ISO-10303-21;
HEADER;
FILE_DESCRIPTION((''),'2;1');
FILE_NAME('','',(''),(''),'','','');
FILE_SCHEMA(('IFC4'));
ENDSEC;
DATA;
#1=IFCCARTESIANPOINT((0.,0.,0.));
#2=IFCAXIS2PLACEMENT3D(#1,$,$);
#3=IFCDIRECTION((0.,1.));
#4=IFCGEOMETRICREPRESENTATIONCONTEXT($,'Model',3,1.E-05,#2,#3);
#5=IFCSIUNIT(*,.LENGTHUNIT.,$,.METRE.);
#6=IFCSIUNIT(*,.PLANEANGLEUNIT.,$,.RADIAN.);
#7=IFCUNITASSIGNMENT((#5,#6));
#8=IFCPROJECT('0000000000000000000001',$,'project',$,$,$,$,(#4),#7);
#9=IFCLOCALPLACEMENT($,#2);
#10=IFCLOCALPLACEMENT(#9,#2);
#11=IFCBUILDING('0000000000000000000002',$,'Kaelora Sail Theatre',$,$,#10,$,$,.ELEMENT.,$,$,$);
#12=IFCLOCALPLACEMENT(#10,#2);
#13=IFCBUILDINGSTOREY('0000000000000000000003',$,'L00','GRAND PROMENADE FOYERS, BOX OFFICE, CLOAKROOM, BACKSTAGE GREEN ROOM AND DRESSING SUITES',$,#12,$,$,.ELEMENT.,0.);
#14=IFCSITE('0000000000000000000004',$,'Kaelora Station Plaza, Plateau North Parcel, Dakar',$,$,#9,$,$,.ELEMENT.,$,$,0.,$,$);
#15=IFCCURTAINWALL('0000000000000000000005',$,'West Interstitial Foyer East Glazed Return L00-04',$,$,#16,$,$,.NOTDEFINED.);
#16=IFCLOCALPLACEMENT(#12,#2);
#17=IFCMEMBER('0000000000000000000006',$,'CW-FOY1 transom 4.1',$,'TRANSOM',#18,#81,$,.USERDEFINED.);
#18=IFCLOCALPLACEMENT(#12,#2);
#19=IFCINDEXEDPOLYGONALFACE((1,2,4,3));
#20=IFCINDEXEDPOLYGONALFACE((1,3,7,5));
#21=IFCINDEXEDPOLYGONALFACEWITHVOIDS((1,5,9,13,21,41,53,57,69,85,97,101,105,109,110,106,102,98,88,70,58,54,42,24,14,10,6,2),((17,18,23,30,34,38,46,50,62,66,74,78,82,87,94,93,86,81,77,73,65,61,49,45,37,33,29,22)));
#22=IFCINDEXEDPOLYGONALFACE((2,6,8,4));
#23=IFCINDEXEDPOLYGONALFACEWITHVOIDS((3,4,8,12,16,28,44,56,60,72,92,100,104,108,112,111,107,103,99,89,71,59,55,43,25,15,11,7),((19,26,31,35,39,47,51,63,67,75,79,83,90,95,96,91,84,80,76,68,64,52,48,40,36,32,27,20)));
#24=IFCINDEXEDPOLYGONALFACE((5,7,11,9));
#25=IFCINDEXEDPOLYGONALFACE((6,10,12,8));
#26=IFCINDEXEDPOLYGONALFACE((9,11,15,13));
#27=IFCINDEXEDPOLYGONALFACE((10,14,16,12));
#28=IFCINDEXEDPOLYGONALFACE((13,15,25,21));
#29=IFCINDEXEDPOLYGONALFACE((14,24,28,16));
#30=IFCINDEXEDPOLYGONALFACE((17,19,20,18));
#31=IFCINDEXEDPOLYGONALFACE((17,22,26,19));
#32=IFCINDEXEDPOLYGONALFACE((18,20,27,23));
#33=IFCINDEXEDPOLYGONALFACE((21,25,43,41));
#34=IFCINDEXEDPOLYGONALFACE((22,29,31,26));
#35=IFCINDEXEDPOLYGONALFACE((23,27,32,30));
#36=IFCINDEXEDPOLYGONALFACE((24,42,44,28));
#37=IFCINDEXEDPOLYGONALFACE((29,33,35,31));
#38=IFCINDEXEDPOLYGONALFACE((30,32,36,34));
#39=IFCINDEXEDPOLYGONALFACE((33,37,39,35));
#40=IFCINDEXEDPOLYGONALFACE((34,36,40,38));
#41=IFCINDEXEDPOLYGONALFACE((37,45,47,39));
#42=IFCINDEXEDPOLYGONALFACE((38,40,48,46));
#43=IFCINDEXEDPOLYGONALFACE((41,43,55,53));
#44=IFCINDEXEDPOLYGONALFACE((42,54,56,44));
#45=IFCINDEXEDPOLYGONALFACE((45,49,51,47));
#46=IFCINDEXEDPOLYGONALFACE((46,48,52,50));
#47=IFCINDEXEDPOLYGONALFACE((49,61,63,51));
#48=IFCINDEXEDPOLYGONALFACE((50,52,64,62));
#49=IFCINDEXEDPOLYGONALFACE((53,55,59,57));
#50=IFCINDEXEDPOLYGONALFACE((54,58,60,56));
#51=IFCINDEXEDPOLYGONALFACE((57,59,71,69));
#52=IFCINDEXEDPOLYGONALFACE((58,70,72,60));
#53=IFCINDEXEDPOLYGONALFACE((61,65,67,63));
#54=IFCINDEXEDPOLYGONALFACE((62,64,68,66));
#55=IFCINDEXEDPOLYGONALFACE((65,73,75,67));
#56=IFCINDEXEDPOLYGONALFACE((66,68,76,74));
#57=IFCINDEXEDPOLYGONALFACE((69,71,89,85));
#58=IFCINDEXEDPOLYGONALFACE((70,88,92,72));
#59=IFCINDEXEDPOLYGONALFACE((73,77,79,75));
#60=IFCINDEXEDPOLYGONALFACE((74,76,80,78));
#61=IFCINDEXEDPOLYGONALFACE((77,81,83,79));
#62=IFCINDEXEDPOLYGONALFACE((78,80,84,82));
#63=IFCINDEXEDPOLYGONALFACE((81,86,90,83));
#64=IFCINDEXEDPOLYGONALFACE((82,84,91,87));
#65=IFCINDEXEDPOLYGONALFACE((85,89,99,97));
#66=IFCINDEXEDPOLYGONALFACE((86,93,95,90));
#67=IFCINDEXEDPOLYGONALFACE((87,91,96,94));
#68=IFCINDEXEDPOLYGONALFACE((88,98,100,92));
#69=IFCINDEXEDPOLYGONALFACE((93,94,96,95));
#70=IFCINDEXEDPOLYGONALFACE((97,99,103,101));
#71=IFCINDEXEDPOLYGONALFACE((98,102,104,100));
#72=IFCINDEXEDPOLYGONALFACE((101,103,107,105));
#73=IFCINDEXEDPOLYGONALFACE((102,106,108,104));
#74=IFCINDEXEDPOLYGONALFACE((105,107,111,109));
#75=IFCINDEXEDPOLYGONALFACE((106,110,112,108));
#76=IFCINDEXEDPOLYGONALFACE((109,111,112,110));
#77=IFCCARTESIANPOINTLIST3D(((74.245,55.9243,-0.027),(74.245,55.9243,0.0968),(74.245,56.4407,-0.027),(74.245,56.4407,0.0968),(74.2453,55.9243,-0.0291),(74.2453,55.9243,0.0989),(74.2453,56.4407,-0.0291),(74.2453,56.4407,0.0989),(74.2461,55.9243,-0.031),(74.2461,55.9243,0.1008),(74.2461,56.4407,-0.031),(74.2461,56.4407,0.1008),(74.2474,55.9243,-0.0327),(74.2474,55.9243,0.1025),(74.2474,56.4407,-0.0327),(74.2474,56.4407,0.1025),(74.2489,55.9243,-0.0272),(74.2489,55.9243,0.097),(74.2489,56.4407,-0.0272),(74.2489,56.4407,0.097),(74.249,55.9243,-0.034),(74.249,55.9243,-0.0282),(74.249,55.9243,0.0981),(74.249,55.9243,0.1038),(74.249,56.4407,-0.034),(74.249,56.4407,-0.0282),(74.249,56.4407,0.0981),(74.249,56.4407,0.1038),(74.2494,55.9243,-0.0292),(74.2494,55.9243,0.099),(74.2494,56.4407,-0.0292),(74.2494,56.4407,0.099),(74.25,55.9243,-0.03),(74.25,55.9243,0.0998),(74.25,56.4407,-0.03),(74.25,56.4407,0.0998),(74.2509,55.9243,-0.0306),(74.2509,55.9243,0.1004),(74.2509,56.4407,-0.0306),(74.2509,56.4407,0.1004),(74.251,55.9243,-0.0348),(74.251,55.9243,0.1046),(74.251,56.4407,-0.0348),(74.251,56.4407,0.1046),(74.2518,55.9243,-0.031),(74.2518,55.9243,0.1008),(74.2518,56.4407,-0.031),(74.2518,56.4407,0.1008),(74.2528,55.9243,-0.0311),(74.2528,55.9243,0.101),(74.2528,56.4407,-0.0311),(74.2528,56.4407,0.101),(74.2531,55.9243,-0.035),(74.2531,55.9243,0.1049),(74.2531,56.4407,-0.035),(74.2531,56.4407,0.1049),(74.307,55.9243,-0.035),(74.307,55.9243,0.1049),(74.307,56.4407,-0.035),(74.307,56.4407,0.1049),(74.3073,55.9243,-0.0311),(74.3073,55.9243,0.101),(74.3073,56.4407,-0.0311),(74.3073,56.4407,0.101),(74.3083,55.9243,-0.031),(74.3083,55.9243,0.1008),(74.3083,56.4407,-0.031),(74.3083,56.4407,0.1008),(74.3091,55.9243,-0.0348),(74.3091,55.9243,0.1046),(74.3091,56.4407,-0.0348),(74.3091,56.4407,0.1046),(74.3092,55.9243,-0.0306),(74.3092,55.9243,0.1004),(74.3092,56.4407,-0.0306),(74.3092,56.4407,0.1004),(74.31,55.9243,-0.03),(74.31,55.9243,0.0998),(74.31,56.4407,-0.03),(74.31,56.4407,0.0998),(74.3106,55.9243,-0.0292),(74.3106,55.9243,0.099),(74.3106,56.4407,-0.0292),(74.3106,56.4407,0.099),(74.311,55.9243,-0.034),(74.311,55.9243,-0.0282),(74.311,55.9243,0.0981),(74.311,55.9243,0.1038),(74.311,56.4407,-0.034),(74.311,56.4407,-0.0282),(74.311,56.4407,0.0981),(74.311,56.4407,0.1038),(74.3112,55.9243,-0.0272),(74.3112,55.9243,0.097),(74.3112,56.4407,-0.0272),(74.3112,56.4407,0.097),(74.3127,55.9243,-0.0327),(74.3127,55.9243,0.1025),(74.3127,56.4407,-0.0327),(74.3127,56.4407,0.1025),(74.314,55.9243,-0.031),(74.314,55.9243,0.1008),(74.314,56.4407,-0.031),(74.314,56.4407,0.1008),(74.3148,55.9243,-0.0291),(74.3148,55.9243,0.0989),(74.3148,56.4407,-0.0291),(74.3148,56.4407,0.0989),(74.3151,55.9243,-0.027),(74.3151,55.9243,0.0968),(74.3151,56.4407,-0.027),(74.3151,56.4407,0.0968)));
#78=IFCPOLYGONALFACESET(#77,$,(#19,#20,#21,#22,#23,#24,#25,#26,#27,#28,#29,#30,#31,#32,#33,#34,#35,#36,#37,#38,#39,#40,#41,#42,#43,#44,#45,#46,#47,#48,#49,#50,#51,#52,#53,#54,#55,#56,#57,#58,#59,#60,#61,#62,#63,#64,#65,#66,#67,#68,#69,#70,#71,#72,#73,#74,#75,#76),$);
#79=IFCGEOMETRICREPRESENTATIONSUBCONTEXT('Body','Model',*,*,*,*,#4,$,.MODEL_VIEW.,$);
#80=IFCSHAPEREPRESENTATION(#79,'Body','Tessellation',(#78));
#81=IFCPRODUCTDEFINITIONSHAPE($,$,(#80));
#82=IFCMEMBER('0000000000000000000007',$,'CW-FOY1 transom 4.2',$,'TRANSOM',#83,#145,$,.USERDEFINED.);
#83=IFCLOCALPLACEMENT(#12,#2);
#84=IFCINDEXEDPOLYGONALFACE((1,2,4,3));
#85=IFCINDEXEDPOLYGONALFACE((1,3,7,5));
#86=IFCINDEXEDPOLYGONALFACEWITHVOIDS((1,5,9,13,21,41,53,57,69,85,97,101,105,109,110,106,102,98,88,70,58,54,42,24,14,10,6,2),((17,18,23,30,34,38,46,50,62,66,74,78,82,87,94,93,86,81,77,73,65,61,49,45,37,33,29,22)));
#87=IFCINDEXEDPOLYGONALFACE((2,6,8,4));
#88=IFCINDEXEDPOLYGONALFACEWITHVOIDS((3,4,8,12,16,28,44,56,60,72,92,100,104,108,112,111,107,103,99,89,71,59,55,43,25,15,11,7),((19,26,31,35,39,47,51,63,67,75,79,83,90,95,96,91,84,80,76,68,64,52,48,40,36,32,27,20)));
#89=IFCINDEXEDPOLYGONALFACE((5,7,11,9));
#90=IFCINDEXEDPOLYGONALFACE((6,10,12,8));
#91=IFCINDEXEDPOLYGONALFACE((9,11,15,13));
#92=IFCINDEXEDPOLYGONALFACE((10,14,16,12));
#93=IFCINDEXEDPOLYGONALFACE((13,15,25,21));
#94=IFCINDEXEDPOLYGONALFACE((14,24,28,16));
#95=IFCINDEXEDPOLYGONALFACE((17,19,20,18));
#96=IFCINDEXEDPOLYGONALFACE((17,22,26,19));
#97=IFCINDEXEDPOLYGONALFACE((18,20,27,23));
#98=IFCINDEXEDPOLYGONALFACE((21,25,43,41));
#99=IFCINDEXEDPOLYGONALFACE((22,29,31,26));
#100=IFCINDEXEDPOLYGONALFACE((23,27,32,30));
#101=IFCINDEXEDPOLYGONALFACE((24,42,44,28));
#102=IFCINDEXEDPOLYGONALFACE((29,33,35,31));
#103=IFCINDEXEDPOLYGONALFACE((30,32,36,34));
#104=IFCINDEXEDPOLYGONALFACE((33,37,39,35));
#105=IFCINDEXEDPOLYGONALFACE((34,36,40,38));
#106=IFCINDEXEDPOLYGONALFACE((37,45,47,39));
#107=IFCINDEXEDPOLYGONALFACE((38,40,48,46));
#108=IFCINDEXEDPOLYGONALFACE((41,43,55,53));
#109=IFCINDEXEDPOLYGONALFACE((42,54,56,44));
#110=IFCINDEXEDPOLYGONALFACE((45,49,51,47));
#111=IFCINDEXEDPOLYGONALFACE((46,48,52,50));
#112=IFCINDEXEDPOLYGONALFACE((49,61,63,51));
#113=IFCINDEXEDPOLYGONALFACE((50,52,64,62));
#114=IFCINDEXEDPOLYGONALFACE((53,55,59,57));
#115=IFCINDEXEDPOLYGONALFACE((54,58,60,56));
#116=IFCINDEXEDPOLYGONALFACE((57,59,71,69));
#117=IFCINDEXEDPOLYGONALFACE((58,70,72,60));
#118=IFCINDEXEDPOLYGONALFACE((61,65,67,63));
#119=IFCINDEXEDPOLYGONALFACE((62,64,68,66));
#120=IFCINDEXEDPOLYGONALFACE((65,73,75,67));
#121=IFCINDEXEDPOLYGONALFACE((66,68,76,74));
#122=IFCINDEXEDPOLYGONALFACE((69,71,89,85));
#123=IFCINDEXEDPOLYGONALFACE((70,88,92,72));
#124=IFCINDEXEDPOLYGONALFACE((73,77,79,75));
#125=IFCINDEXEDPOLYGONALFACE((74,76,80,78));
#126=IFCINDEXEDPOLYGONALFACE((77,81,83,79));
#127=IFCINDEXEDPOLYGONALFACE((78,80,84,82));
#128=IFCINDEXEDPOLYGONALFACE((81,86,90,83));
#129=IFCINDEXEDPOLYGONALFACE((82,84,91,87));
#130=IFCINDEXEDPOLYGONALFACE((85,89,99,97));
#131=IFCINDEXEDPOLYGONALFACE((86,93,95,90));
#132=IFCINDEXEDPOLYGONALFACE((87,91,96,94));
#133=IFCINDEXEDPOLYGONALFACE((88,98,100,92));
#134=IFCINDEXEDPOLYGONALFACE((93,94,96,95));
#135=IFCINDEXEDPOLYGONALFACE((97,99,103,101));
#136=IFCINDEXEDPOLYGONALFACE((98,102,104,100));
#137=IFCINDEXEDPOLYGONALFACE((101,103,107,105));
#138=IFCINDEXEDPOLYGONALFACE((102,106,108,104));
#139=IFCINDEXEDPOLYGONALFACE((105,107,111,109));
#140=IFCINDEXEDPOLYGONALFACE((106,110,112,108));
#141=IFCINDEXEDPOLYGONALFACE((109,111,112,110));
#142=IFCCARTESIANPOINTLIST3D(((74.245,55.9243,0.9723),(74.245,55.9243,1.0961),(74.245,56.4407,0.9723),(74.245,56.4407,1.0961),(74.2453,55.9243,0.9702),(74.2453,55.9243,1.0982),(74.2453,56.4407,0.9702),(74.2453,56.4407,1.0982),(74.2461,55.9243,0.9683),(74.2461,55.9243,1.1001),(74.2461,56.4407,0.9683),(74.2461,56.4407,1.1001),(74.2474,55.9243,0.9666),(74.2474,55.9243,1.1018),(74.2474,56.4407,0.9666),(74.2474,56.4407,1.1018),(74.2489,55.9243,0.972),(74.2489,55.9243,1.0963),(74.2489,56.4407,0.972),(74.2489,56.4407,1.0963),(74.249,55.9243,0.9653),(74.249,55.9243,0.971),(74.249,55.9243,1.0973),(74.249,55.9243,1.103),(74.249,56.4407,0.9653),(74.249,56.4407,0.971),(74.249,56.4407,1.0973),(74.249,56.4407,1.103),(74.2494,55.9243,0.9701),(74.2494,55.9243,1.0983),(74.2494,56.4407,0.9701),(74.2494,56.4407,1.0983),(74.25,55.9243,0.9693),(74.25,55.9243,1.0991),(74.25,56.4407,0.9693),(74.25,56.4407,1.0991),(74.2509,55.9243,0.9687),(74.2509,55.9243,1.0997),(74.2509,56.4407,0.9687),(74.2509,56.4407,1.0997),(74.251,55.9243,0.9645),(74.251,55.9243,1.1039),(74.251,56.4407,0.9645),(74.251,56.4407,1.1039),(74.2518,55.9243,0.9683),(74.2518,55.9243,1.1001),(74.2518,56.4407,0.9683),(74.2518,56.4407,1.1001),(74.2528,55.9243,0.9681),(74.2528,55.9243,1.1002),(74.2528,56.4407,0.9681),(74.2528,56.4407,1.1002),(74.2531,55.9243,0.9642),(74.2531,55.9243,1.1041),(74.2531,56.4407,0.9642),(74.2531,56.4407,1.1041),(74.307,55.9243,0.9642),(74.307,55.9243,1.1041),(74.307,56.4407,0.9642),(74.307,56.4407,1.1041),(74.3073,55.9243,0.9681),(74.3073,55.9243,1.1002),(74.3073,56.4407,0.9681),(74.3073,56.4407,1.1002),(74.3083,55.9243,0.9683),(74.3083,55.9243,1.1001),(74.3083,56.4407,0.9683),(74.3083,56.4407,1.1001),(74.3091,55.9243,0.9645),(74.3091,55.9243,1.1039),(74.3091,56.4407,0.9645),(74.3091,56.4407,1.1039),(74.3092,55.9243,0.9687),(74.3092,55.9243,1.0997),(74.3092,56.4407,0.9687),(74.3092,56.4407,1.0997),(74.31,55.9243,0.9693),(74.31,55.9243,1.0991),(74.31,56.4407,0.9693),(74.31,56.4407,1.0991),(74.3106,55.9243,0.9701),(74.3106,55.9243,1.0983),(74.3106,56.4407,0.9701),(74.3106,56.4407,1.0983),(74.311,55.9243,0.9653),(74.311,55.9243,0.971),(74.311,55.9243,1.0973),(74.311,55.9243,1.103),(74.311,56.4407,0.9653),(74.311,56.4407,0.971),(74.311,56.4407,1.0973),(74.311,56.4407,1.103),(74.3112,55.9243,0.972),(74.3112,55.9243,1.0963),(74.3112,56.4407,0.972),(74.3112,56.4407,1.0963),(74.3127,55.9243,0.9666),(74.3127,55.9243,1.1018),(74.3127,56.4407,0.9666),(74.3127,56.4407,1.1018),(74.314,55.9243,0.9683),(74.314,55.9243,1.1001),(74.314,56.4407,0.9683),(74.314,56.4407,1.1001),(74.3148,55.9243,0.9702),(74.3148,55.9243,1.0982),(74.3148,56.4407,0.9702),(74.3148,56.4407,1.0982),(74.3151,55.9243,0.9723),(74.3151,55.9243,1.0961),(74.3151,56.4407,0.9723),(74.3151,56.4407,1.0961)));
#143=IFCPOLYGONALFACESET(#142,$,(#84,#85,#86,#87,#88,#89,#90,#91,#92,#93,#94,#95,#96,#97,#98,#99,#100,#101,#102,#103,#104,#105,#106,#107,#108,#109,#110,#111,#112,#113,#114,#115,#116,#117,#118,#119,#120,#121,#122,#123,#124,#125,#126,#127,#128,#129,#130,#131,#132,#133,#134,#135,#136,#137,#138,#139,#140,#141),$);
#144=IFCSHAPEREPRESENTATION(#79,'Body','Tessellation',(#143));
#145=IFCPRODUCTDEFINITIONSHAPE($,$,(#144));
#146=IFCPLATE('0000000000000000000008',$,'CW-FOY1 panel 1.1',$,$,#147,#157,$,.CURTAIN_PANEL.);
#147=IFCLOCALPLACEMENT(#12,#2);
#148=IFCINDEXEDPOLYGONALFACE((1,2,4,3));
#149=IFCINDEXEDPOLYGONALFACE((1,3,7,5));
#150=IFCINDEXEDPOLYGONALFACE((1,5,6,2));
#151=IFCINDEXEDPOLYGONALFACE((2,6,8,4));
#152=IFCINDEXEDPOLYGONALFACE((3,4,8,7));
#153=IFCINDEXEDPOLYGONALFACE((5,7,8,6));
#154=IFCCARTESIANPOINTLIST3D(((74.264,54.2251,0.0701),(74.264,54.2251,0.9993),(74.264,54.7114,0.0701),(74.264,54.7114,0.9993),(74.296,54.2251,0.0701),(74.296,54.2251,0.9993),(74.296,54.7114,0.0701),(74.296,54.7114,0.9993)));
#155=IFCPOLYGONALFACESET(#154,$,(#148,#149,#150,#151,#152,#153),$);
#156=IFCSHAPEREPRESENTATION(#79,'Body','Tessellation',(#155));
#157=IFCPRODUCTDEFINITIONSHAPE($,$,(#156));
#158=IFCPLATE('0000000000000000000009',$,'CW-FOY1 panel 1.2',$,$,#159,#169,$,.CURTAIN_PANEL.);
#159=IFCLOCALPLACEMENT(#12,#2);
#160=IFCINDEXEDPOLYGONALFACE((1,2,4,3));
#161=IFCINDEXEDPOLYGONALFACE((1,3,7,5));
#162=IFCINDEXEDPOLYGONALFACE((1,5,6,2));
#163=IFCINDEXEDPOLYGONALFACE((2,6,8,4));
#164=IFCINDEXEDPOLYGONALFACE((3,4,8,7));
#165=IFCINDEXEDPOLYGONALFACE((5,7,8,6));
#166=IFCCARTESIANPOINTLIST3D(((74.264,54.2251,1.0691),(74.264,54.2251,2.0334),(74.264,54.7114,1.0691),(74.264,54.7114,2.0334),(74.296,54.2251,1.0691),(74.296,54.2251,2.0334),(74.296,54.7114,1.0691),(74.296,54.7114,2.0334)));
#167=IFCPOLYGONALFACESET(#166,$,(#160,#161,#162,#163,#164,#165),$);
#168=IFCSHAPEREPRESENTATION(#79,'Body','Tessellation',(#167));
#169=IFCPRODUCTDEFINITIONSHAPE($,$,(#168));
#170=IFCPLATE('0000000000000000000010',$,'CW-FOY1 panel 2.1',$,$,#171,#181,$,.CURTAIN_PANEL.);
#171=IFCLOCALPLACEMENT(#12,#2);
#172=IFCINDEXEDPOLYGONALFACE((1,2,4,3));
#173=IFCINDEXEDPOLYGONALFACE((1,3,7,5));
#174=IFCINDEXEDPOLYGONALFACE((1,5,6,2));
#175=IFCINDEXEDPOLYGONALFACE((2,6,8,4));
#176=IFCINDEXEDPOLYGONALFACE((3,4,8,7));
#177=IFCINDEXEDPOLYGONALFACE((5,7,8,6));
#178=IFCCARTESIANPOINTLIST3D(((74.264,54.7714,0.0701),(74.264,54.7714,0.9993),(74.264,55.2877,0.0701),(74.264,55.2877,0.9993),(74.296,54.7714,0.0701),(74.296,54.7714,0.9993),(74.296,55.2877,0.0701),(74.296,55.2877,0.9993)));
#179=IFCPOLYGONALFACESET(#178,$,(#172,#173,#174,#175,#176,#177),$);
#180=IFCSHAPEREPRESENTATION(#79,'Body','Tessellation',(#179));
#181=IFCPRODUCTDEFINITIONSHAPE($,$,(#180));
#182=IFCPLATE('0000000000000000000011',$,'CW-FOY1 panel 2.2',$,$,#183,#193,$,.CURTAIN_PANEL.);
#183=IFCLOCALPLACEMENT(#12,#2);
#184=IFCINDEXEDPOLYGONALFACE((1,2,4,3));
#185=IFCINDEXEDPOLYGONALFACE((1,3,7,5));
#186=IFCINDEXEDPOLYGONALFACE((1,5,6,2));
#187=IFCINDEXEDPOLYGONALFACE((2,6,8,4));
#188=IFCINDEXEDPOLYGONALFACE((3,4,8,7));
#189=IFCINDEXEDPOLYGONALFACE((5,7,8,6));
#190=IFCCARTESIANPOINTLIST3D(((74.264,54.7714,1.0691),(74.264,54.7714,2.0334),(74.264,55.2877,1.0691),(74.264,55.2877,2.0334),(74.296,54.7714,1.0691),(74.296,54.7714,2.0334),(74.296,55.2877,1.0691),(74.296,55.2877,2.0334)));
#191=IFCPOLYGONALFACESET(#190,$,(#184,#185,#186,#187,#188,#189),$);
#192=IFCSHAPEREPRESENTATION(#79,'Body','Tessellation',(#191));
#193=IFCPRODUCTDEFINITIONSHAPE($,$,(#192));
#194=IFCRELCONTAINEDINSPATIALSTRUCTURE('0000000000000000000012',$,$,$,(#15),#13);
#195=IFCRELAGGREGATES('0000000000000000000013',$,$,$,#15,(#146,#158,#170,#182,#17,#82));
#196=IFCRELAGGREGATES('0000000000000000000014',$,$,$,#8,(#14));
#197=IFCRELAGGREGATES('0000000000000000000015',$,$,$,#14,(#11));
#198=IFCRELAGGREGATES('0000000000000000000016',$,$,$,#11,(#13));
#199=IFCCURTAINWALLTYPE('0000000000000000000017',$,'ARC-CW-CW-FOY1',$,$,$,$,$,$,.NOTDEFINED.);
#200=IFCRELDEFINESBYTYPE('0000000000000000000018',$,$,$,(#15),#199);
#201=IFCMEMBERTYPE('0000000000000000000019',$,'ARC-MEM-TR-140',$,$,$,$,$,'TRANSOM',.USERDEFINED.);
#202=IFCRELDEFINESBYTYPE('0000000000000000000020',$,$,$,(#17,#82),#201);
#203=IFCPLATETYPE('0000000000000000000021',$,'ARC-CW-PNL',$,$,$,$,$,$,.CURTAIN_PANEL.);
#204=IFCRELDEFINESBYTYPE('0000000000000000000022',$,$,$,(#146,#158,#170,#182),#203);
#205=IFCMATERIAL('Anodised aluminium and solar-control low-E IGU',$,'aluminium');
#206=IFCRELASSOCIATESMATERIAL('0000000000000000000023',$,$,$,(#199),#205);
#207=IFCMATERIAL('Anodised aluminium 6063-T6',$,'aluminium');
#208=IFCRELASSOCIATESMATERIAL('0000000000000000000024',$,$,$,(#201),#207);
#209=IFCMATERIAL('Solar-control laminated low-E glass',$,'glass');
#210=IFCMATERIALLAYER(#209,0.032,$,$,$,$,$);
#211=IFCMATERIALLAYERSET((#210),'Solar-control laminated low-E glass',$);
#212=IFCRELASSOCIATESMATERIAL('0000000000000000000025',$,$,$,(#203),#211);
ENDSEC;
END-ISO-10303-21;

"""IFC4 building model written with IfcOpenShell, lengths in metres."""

from ifc_helpers import new_model, si_unit, direction, frame, origin, origin_2d, place, context, subcontext, project, spatial, rectangle, hollow_rectangle, extrude, material, layer, layer_set, material_profile, profile_set, type_object, element, aggregate, save


model = new_model("IFC4")

# Units and contexts
model_context = context("Model", 3, precision=1e-05, world=origin(), true_north=direction((0.0, 1.0)))
body_context = subcontext(model_context, "Body", "Model", "MODEL_VIEW")
ifc_project = project(units=[si_unit("LENGTHUNIT", "METRE"), si_unit("PLANEANGLEUNIT", "RADIAN")], contexts=[model_context])

# Site, building, storey
site_placement = place(None, origin())
site = spatial("IfcSite", under=ifc_project, at=site_placement, Name="Kaelora Station Plaza, Plateau North Parcel, Dakar", CompositionType="ELEMENT", RefElevation=0.0)
building_placement = place(site_placement, origin())
building = spatial("IfcBuilding", under=site, at=building_placement, Name="Kaelora Sail Theatre", CompositionType="ELEMENT")
storey_placement = place(building_placement, origin())
storey = spatial("IfcBuildingStorey", under=building, at=storey_placement, Name="L00", Description="GRAND PROMENADE FOYERS, BOX OFFICE, CLOAKROOM, BACKSTAGE GREEN ROOM AND DRESSING SUITES", CompositionType="ELEMENT", Elevation=0.0)

# Curtain wall
ifc_material_1 = material(Name="Anodised aluminium and solar-control low-E IGU", Category="aluminium")
curtain_wall_type = type_object("IfcCurtainWallType", Name="ARC-CW-CW-FOY1", PredefinedType="NOTDEFINED", material=ifc_material_1)
curtain_wall_placement = place(storey_placement, origin())
curtain_wall = element("IfcCurtainWall", 1, at=curtain_wall_placement, inside=storey, type_object=curtain_wall_type, Name="West Interstitial Foyer East Glazed Return L00-04", PredefinedType="NOTDEFINED")

# Members
ifc_material_2 = material(Name="Anodised aluminium 6063-T6", Category="aluminium")
ifc_material_profile_1 = material_profile(ifc_material_2, hollow_rectangle(XDim=0.0701, YDim=0.1399, WallThickness=0.0039, InnerFilletRadius=0.0039, OuterFilletRadius=0.0081, at=origin_2d()), Name="ALU-TRAN 70x140x4")
ifc_profile_set_1 = profile_set([ifc_material_profile_1], Name="Anodised aluminium 6063-T6")
member_type_1 = type_object("IfcMemberType", Name="ARC-MEM-TR-140", ElementType="TRANSOM", PredefinedType="USERDEFINED", material=ifc_profile_set_1)
member_1_placement = place(storey_placement, frame((74.28, 55.9243, 0.0349), z_axis=(0.0, 1.0, 0.0), x_axis=(-1.0, 0.0, 0.0)))
member_1 = element("IfcMember", 2, at=member_1_placement, type_object=member_type_1, Name="CW-FOY1 transom 4.1", ObjectType="TRANSOM", PredefinedType="USERDEFINED", context=body_context, shape_type="SweptSolid", body=[
    extrude(hollow_rectangle(XDim=0.0701, YDim=0.1399, WallThickness=0.0039, InnerFilletRadius=0.0039, OuterFilletRadius=0.0081, at=origin_2d()), origin(), (0.0, 0.0, 1.0), 0.5164),
])
member_2_placement = place(storey_placement, frame((74.28, 55.9243, 1.0342), z_axis=(0.0, 1.0, 0.0), x_axis=(-1.0, 0.0, 0.0)))
member_2 = element("IfcMember", 3, at=member_2_placement, type_object=member_type_1, Name="CW-FOY1 transom 4.2", ObjectType="TRANSOM", PredefinedType="USERDEFINED", context=body_context, shape_type="SweptSolid", body=[
    extrude(hollow_rectangle(XDim=0.0701, YDim=0.1399, WallThickness=0.0039, InnerFilletRadius=0.0039, OuterFilletRadius=0.0081, at=origin_2d()), origin(), (0.0, 0.0, 1.0), 0.5164),
])

# Plates
ifc_material_3 = material(Name="Solar-control laminated low-E glass", Category="glass")
ifc_layer = layer(ifc_material_3, 0.032)
ifc_layer_set = layer_set([ifc_layer], Name="Solar-control laminated low-E glass")
plate_type = type_object("IfcPlateType", Name="ARC-CW-PNL", PredefinedType="CURTAIN_PANEL", material=ifc_layer_set)
plate_1_placement = place(storey_placement, frame((74.28, 54.4683, 0.0701), z_axis=(0.0, 0.0, 1.0), x_axis=(0.0, 1.0, 0.0)))
plate_1 = element("IfcPlate", 4, at=plate_1_placement, type_object=plate_type, Name="CW-FOY1 panel 1.1", PredefinedType="CURTAIN_PANEL", context=body_context, shape_type="SweptSolid", body=[
    extrude(rectangle(XDim=0.4863, YDim=0.032, at=origin_2d()), origin(), (0.0, 0.0, 1.0), 0.9292),
])
plate_2_placement = place(storey_placement, frame((74.28, 54.4683, 1.0691), z_axis=(0.0, 0.0, 1.0), x_axis=(0.0, 1.0, 0.0)))
plate_2 = element("IfcPlate", 5, at=plate_2_placement, type_object=plate_type, Name="CW-FOY1 panel 1.2", PredefinedType="CURTAIN_PANEL", context=body_context, shape_type="SweptSolid", body=[
    extrude(rectangle(XDim=0.4863, YDim=0.032, at=origin_2d()), origin(), (0.0, 0.0, 1.0), 0.9644),
])
plate_3_placement = place(storey_placement, frame((74.28, 55.0295, 0.0701), z_axis=(0.0, 0.0, 1.0), x_axis=(0.0, 1.0, 0.0)))
plate_3 = element("IfcPlate", 6, at=plate_3_placement, type_object=plate_type, Name="CW-FOY1 panel 2.1", PredefinedType="CURTAIN_PANEL", context=body_context, shape_type="SweptSolid", body=[
    extrude(rectangle(XDim=0.5164, YDim=0.032, at=origin_2d()), origin(), (0.0, 0.0, 1.0), 0.9292),
])
plate_4_placement = place(storey_placement, frame((74.28, 55.0295, 1.0691), z_axis=(0.0, 0.0, 1.0), x_axis=(0.0, 1.0, 0.0)))
plate_4 = element("IfcPlate", 7, at=plate_4_placement, type_object=plate_type, Name="CW-FOY1 panel 2.2", PredefinedType="CURTAIN_PANEL", context=body_context, shape_type="SweptSolid", body=[
    extrude(rectangle(XDim=0.5164, YDim=0.032, at=origin_2d()), origin(), (0.0, 0.0, 1.0), 0.9644),
])
aggregate(curtain_wall, [plate_1, plate_2, plate_3, plate_4, member_1, member_2])

save(model, "model.ifc")
